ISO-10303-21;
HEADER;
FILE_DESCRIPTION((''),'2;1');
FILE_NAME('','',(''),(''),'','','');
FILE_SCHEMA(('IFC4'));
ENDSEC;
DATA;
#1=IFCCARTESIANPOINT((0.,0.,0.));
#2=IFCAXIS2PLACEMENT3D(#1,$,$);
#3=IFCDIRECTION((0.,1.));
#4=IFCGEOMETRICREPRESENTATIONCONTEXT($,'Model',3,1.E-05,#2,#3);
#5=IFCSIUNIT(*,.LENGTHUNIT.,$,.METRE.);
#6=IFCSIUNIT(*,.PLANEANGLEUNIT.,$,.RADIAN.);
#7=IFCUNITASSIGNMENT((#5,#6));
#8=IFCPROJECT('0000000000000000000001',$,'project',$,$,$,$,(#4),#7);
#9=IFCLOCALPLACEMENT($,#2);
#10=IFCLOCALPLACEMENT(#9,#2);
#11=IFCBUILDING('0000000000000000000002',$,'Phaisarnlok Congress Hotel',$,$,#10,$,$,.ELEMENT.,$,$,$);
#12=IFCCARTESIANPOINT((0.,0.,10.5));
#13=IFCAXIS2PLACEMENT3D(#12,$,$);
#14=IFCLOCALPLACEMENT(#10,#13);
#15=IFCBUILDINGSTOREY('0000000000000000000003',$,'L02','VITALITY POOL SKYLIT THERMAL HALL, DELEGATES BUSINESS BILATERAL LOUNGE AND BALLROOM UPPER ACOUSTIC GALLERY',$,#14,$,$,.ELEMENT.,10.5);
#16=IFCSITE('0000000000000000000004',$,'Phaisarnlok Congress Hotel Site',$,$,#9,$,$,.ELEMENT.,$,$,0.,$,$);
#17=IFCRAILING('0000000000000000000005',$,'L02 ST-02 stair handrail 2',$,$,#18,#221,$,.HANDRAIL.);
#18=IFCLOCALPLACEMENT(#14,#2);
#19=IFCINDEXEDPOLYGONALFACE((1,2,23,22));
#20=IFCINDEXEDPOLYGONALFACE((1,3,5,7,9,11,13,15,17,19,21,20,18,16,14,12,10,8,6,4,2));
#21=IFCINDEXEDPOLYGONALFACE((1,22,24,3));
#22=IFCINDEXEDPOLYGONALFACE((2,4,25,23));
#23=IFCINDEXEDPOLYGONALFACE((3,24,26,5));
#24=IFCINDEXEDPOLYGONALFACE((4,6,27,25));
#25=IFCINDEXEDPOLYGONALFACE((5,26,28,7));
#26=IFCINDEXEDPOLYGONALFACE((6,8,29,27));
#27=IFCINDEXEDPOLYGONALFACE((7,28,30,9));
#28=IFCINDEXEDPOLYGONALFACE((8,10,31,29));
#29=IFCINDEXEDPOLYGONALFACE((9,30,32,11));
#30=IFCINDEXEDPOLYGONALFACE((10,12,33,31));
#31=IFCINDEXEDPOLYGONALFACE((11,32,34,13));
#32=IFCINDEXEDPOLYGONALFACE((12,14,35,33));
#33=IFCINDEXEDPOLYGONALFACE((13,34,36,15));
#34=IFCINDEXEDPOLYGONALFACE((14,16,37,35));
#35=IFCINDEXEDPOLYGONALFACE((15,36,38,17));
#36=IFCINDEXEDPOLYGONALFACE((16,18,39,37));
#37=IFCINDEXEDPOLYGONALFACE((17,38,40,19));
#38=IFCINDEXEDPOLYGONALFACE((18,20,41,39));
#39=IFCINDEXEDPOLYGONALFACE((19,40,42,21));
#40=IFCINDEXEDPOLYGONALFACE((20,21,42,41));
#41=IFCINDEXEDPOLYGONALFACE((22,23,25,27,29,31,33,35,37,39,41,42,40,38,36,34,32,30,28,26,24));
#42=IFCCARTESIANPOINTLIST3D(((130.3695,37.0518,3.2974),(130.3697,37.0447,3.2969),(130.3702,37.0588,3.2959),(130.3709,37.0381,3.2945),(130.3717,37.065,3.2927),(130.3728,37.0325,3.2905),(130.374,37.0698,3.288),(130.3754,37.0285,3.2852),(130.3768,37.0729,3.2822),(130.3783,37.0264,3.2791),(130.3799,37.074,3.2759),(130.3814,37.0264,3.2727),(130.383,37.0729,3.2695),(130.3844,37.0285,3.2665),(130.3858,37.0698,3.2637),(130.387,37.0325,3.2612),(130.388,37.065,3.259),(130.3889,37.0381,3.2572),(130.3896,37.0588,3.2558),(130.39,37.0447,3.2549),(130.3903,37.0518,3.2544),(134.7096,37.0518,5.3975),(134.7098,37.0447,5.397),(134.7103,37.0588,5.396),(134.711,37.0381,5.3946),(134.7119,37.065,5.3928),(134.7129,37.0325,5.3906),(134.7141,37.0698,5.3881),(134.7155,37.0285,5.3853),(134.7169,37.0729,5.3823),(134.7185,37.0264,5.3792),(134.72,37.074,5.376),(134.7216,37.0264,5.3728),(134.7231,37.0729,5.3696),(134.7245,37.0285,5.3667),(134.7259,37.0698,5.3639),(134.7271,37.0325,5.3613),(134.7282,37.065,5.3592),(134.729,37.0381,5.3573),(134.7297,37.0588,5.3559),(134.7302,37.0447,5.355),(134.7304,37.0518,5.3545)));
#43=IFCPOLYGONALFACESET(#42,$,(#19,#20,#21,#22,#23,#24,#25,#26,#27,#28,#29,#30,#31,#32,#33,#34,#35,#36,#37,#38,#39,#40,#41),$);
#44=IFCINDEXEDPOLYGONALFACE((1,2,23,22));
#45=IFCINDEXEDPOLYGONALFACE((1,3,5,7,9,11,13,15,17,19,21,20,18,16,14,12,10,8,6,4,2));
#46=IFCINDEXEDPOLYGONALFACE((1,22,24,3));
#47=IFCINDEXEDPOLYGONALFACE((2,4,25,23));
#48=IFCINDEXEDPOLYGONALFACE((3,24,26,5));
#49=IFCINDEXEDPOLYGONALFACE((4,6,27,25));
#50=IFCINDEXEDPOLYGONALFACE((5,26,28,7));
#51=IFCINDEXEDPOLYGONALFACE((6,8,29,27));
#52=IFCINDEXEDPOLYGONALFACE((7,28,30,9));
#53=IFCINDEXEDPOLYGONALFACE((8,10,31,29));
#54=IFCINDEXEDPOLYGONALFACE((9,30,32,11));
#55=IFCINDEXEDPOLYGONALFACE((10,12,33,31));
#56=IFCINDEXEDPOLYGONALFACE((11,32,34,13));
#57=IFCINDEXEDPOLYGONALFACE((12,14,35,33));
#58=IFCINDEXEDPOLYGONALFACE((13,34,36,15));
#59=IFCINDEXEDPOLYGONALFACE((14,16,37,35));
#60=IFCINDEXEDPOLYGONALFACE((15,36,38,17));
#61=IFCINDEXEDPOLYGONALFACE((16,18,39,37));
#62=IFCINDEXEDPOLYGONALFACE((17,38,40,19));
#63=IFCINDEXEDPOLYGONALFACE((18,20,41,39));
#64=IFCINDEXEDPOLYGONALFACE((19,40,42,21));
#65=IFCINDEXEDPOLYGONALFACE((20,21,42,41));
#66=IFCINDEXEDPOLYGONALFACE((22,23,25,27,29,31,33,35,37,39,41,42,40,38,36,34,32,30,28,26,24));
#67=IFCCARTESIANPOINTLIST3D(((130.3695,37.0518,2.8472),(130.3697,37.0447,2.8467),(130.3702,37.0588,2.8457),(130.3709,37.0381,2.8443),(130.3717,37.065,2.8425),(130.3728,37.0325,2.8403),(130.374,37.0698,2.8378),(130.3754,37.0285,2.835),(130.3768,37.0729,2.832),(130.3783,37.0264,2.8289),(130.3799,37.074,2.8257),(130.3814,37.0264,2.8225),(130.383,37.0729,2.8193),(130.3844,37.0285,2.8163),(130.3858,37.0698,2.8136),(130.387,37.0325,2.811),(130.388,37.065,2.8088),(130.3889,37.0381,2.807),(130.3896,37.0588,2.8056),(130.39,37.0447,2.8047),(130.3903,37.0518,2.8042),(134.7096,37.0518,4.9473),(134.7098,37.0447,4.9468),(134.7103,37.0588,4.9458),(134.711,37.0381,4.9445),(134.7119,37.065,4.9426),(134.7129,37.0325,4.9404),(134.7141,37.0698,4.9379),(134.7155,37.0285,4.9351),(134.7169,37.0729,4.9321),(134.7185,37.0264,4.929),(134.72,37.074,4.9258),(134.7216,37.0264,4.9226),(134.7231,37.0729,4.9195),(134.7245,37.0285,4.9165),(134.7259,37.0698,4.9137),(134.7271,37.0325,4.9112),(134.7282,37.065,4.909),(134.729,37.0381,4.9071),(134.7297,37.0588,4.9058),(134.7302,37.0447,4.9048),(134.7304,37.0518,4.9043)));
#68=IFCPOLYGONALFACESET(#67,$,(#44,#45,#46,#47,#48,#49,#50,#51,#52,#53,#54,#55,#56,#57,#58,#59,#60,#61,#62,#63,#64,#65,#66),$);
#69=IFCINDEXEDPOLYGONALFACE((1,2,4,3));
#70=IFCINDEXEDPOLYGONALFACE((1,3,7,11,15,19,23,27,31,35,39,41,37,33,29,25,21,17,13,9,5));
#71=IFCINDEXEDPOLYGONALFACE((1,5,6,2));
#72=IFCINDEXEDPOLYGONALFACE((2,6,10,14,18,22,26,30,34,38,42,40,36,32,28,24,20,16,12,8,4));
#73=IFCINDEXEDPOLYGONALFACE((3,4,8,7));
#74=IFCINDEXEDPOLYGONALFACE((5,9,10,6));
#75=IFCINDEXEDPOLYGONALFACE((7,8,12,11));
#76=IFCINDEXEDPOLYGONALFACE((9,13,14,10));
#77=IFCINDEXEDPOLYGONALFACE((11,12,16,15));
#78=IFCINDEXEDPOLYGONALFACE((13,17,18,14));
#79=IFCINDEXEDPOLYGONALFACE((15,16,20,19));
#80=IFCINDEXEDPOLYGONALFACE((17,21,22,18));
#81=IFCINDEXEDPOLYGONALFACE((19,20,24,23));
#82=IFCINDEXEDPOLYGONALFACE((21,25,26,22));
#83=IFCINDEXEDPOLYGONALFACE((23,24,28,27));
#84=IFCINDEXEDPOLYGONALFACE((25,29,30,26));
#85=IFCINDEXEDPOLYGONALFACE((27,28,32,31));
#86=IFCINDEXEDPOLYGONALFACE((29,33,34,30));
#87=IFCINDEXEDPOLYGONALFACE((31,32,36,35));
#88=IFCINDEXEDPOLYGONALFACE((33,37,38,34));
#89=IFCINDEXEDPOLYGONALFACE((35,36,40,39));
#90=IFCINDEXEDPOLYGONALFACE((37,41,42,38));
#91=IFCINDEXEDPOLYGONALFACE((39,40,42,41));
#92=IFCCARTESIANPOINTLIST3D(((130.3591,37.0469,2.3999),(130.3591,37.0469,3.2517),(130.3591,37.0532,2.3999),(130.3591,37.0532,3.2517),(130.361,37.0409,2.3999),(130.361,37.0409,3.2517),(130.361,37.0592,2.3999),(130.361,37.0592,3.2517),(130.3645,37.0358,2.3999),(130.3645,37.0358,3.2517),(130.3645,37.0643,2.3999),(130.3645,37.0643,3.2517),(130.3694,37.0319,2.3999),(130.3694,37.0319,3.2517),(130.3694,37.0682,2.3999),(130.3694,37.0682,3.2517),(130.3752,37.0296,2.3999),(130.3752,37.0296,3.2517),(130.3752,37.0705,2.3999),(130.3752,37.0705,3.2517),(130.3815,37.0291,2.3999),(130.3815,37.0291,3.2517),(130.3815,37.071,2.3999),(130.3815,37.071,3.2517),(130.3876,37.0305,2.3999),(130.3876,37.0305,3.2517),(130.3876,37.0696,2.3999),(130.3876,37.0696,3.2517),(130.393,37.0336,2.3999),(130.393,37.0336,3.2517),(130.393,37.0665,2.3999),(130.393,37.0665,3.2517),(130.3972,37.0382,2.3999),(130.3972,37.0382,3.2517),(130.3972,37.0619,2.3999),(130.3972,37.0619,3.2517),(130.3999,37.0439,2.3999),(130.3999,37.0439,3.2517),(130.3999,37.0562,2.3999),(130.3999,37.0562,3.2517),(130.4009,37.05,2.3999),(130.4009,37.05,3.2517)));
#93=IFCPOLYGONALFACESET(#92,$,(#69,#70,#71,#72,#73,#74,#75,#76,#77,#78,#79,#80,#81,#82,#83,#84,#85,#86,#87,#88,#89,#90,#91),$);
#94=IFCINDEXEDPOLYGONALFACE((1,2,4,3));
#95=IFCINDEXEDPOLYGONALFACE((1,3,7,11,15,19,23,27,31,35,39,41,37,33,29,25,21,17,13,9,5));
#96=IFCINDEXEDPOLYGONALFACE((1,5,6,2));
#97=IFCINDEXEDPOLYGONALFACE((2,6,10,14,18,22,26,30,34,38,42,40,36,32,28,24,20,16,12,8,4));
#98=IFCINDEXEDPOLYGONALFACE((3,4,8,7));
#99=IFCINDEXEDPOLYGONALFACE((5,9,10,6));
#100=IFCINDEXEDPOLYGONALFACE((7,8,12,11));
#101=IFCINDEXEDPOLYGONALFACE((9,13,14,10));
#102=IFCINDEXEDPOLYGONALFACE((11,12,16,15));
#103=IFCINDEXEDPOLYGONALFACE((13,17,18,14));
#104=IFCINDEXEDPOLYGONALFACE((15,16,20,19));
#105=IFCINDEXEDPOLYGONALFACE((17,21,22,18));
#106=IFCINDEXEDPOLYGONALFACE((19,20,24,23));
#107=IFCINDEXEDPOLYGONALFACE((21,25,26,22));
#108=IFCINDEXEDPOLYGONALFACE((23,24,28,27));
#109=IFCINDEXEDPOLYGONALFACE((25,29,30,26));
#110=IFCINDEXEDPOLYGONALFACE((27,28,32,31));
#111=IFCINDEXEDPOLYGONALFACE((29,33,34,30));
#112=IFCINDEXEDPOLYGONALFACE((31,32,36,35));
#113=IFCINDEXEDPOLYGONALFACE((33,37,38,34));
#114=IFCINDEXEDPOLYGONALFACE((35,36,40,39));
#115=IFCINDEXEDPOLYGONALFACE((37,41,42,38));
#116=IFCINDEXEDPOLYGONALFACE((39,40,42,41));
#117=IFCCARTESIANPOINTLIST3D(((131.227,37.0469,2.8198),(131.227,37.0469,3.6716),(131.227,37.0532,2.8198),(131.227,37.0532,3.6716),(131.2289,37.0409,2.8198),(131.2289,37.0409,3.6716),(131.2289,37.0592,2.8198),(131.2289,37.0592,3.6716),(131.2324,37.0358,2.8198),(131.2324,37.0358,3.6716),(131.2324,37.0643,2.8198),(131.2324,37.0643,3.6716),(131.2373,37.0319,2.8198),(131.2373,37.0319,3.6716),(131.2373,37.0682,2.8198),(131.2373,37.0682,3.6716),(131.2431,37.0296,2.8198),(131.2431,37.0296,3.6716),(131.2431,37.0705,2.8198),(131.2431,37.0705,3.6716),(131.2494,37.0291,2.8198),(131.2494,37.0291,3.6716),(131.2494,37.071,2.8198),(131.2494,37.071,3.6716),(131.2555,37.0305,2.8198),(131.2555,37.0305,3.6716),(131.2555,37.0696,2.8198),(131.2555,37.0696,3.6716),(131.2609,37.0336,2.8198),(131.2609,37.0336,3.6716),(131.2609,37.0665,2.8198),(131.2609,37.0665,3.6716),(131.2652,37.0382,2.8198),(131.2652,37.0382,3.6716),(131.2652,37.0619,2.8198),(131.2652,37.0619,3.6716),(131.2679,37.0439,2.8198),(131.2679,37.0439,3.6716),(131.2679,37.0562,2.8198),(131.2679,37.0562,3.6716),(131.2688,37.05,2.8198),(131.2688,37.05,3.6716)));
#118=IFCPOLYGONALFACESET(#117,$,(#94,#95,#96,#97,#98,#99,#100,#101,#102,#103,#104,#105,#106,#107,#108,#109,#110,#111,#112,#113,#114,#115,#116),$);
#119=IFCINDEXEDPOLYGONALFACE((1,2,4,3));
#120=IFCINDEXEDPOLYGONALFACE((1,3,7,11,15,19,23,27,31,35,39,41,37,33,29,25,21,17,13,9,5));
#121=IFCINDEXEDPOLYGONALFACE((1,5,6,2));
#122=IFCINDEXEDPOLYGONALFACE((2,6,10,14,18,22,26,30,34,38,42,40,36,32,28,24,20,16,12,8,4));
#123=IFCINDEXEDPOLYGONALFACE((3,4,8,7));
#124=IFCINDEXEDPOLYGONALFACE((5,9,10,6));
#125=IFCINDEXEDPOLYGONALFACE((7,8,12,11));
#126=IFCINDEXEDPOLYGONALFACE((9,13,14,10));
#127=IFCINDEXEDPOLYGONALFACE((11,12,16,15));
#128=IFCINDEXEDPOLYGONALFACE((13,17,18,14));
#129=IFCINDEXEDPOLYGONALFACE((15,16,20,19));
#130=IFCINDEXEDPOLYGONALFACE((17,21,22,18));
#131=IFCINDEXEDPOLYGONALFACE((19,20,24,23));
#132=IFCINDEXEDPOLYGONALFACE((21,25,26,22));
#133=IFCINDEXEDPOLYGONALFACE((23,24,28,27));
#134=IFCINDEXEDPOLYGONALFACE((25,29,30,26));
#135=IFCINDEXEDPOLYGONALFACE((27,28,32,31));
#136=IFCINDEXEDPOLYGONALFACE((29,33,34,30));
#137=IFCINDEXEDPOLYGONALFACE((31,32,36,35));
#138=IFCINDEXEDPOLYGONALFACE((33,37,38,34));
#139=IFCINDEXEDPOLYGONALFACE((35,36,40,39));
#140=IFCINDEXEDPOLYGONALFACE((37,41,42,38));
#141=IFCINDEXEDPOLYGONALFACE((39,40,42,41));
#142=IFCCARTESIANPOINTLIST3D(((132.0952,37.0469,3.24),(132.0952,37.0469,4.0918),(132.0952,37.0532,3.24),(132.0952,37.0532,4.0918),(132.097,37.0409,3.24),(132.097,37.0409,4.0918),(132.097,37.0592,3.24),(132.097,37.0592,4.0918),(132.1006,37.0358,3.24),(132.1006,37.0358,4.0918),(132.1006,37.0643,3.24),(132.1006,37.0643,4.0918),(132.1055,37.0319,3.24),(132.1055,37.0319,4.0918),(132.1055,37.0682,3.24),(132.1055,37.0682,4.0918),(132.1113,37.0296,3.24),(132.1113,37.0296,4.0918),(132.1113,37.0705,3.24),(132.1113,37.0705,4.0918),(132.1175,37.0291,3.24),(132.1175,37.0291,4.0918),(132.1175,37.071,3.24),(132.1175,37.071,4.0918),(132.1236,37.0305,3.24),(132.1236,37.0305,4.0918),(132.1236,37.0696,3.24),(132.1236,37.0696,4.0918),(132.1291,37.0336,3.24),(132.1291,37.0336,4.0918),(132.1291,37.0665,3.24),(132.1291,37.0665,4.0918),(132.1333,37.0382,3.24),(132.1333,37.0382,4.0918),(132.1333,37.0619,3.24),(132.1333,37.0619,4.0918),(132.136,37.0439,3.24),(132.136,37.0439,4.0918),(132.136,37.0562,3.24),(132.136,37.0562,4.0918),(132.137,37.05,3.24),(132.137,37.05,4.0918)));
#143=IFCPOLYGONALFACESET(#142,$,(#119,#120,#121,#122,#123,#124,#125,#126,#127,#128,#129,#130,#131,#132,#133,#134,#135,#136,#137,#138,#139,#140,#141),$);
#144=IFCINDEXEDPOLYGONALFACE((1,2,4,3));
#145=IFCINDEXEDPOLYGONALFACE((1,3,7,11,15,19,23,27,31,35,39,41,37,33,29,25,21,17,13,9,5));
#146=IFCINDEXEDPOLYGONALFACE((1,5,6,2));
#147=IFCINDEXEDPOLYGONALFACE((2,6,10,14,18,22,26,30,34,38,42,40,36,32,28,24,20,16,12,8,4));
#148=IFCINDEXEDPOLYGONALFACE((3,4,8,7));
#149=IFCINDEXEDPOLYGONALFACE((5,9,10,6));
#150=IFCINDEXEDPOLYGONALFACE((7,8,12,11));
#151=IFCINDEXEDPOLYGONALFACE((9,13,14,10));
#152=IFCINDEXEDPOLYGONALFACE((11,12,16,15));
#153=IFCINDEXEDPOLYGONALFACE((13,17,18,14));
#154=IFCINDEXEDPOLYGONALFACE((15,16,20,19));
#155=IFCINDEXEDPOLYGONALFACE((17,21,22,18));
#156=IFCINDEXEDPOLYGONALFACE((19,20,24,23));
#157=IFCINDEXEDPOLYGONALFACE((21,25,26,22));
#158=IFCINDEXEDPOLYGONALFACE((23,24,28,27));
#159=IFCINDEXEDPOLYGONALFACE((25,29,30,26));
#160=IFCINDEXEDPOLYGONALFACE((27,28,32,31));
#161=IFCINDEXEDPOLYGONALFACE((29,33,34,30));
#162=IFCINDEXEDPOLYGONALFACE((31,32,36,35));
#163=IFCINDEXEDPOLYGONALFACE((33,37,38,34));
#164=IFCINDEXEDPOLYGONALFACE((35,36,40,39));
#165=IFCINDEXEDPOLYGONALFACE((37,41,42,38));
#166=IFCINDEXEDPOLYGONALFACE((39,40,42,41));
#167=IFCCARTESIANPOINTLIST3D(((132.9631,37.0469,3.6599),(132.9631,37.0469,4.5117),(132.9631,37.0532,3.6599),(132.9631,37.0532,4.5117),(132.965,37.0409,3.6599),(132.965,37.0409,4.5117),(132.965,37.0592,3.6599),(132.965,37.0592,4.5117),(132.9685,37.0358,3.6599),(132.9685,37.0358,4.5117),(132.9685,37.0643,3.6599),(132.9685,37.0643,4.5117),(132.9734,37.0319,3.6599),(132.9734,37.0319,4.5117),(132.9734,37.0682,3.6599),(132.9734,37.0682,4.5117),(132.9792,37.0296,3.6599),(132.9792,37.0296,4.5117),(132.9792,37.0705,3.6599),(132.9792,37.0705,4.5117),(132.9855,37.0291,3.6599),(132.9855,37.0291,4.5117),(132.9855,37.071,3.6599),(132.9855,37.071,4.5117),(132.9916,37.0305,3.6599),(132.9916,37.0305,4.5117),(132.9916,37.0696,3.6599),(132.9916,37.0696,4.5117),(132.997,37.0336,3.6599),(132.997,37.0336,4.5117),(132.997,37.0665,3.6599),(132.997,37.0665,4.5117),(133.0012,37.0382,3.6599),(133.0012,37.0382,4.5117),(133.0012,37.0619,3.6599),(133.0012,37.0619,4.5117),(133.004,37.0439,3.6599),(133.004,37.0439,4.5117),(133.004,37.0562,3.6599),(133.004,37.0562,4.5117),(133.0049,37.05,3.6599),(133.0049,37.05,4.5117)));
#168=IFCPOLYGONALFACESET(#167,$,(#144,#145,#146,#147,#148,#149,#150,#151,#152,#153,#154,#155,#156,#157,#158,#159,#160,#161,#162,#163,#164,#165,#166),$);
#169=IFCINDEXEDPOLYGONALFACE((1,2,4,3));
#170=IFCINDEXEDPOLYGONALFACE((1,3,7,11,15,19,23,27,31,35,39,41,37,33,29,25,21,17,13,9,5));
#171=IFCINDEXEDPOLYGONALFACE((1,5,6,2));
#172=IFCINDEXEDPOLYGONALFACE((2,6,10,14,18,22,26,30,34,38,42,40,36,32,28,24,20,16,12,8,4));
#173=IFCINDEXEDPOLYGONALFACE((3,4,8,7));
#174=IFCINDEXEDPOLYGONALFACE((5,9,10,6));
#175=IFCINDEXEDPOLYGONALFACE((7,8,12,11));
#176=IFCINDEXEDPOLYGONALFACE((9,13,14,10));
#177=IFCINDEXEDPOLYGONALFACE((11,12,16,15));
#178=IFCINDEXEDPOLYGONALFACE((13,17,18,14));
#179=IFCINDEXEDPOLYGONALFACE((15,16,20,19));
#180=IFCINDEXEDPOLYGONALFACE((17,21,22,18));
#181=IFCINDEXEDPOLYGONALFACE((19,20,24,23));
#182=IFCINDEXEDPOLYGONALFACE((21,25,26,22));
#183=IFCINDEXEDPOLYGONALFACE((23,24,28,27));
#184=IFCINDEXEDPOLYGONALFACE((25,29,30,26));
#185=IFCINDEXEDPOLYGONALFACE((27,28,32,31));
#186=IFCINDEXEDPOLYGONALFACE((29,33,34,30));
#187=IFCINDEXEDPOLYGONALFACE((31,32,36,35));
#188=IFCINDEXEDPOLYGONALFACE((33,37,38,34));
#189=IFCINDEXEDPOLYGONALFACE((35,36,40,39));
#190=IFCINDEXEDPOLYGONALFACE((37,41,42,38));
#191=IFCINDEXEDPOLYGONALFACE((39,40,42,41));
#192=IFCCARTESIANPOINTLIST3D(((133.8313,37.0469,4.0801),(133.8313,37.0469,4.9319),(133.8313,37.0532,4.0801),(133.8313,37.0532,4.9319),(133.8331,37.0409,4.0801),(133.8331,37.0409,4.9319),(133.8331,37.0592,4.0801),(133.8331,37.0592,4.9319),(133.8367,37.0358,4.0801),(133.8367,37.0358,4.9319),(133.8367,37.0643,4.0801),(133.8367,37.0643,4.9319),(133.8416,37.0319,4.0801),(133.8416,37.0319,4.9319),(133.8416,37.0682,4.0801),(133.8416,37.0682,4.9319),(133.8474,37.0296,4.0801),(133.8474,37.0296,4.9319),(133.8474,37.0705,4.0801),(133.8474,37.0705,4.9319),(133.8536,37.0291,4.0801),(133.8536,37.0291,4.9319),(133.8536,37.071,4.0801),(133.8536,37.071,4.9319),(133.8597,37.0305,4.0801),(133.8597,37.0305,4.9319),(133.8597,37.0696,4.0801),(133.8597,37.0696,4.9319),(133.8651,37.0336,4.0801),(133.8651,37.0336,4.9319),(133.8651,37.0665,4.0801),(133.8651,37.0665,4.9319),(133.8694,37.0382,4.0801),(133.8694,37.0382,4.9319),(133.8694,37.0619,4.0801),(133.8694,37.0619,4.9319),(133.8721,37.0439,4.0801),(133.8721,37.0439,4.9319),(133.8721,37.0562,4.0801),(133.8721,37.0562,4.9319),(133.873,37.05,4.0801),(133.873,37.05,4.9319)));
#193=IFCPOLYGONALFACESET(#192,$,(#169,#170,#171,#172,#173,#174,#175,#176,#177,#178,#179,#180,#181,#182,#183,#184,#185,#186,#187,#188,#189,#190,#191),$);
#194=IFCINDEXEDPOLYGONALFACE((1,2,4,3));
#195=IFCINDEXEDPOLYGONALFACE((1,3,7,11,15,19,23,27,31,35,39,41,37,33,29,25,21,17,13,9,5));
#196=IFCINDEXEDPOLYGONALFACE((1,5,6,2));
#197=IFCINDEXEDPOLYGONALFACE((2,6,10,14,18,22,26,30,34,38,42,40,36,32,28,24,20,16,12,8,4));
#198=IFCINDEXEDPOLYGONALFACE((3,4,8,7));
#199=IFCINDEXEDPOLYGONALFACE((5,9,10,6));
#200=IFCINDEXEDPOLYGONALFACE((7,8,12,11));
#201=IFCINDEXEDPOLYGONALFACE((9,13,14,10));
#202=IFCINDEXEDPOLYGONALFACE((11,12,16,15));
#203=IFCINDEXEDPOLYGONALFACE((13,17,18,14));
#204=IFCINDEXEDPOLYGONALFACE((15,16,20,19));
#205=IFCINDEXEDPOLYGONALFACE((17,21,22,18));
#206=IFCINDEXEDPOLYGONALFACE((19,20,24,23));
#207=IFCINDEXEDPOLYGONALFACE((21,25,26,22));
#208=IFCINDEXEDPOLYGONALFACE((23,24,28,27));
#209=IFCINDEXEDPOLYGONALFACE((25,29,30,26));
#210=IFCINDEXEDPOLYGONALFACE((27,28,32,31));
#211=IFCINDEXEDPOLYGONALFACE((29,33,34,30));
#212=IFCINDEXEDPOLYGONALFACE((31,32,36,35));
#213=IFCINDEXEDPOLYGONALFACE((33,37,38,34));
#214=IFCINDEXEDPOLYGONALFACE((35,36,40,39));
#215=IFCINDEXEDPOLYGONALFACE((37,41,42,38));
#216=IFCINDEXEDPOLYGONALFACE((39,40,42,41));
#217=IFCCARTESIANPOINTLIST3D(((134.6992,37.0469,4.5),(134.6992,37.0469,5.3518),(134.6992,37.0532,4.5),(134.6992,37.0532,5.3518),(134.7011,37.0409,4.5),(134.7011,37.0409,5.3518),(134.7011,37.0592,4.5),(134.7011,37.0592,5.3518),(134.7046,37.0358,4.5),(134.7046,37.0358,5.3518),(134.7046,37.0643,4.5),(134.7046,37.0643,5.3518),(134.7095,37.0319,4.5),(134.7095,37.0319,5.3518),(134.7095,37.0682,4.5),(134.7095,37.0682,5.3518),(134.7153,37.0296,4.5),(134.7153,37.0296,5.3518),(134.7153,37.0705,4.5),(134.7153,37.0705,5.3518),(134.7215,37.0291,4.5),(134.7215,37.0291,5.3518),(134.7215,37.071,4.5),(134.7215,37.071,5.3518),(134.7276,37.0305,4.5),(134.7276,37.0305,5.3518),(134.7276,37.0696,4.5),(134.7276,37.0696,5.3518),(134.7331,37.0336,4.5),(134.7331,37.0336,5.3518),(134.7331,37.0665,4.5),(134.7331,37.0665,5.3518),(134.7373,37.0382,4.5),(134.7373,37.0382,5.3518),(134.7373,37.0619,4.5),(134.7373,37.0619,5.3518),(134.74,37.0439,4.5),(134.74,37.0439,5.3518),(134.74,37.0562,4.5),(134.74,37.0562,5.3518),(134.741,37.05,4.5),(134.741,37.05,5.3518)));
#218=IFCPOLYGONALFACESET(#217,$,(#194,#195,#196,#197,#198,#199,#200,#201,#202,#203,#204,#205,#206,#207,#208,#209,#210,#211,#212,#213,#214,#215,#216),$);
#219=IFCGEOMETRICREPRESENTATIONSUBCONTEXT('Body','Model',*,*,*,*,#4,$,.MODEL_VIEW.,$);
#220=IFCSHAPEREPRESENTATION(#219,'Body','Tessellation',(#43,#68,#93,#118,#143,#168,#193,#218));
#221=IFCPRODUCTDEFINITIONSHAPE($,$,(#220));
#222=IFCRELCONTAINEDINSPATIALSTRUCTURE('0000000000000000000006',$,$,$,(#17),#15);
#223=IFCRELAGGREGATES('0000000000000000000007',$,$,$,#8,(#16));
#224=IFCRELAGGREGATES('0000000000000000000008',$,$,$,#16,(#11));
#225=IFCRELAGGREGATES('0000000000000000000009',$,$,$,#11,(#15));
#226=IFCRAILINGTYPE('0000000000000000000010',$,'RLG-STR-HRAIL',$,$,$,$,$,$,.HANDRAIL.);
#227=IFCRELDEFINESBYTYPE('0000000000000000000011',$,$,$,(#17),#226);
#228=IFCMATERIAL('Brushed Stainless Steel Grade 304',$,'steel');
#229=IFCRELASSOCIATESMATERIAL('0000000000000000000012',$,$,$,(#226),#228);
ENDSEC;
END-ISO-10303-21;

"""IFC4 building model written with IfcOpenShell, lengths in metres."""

from ifc_helpers import new_model, si_unit, direction, frame, origin, origin_2d, place, context, subcontext, project, spatial, circle, extrude, material, type_object, element, save


model = new_model("IFC4")

# Units and contexts
model_context = context("Model", 3, precision=1e-05, world=origin(), true_north=direction((0.0, 1.0)))
body_context = subcontext(model_context, "Body", "Model", "MODEL_VIEW")
ifc_project = project(units=[si_unit("LENGTHUNIT", "METRE"), si_unit("PLANEANGLEUNIT", "RADIAN")], contexts=[model_context])

# Site, building, storey
site_placement = place(None, origin())
site = spatial("IfcSite", under=ifc_project, at=site_placement, Name="Phaisarnlok Congress Hotel Site", CompositionType="ELEMENT", RefElevation=0.0)
building_placement = place(site_placement, origin())
building = spatial("IfcBuilding", under=site, at=building_placement, Name="Phaisarnlok Congress Hotel", CompositionType="ELEMENT")
storey_placement = place(building_placement, frame((0.0, 0.0, 10.5)))
storey = spatial("IfcBuildingStorey", under=building, at=storey_placement, Name="L02", Description="VITALITY POOL SKYLIT THERMAL HALL, DELEGATES BUSINESS BILATERAL LOUNGE AND BALLROOM UPPER ACOUSTIC GALLERY", CompositionType="ELEMENT", Elevation=10.5)

# Railing
ifc_material_1 = material(Name="Brushed Stainless Steel Grade 304", Category="steel")
railing_type_1 = type_object("IfcRailingType", Name="RLG-STR-HRAIL", PredefinedType="HANDRAIL", material=ifc_material_1)
railing_1_placement = place(storey_placement, frame((130.3799, 37.05, 2.3999)))
element("IfcRailing", 1, at=railing_1_placement, inside=storey, type_object=railing_type_1, Name="L02 ST-02 stair handrail 2", PredefinedType="HANDRAIL", context=body_context, shape_type="SweptSolid", body=[
    extrude(circle(Radius=0.0239, at=origin_2d()), frame((0.0, 0.0, 0.876), z_axis=(0.900155, 0.0, 0.43557), x_axis=(0.0, 1.0, 0.0)), (0.0, 0.0, 1.0), 4.8215),
    extrude(circle(Radius=0.0239, at=origin_2d()), frame((0.0, 0.0, 0.4258), z_axis=(0.900155, 0.0, 0.43557), x_axis=(0.0, 1.0, 0.0)), (0.0, 0.0, 1.0), 4.8215),
    extrude(circle(Radius=0.021, at=origin_2d()), origin(), (0.0, 0.0, 1.0), 0.8518),
    extrude(circle(Radius=0.021, at=origin_2d()), frame((0.8679, 0.0, 0.4199)), (0.0, 0.0, 1.0), 0.8518),
    extrude(circle(Radius=0.021, at=origin_2d()), frame((1.7361, 0.0, 0.8401)), (0.0, 0.0, 1.0), 0.8518),
    extrude(circle(Radius=0.021, at=origin_2d()), frame((2.604, 0.0, 1.26)), (0.0, 0.0, 1.0), 0.8518),
    extrude(circle(Radius=0.021, at=origin_2d()), frame((3.4722, 0.0, 1.6802)), (0.0, 0.0, 1.0), 0.8518),
    extrude(circle(Radius=0.021, at=origin_2d()), frame((4.3401, 0.0, 2.1001)), (0.0, 0.0, 1.0), 0.8518),
])

save(model, "model.ifc")
